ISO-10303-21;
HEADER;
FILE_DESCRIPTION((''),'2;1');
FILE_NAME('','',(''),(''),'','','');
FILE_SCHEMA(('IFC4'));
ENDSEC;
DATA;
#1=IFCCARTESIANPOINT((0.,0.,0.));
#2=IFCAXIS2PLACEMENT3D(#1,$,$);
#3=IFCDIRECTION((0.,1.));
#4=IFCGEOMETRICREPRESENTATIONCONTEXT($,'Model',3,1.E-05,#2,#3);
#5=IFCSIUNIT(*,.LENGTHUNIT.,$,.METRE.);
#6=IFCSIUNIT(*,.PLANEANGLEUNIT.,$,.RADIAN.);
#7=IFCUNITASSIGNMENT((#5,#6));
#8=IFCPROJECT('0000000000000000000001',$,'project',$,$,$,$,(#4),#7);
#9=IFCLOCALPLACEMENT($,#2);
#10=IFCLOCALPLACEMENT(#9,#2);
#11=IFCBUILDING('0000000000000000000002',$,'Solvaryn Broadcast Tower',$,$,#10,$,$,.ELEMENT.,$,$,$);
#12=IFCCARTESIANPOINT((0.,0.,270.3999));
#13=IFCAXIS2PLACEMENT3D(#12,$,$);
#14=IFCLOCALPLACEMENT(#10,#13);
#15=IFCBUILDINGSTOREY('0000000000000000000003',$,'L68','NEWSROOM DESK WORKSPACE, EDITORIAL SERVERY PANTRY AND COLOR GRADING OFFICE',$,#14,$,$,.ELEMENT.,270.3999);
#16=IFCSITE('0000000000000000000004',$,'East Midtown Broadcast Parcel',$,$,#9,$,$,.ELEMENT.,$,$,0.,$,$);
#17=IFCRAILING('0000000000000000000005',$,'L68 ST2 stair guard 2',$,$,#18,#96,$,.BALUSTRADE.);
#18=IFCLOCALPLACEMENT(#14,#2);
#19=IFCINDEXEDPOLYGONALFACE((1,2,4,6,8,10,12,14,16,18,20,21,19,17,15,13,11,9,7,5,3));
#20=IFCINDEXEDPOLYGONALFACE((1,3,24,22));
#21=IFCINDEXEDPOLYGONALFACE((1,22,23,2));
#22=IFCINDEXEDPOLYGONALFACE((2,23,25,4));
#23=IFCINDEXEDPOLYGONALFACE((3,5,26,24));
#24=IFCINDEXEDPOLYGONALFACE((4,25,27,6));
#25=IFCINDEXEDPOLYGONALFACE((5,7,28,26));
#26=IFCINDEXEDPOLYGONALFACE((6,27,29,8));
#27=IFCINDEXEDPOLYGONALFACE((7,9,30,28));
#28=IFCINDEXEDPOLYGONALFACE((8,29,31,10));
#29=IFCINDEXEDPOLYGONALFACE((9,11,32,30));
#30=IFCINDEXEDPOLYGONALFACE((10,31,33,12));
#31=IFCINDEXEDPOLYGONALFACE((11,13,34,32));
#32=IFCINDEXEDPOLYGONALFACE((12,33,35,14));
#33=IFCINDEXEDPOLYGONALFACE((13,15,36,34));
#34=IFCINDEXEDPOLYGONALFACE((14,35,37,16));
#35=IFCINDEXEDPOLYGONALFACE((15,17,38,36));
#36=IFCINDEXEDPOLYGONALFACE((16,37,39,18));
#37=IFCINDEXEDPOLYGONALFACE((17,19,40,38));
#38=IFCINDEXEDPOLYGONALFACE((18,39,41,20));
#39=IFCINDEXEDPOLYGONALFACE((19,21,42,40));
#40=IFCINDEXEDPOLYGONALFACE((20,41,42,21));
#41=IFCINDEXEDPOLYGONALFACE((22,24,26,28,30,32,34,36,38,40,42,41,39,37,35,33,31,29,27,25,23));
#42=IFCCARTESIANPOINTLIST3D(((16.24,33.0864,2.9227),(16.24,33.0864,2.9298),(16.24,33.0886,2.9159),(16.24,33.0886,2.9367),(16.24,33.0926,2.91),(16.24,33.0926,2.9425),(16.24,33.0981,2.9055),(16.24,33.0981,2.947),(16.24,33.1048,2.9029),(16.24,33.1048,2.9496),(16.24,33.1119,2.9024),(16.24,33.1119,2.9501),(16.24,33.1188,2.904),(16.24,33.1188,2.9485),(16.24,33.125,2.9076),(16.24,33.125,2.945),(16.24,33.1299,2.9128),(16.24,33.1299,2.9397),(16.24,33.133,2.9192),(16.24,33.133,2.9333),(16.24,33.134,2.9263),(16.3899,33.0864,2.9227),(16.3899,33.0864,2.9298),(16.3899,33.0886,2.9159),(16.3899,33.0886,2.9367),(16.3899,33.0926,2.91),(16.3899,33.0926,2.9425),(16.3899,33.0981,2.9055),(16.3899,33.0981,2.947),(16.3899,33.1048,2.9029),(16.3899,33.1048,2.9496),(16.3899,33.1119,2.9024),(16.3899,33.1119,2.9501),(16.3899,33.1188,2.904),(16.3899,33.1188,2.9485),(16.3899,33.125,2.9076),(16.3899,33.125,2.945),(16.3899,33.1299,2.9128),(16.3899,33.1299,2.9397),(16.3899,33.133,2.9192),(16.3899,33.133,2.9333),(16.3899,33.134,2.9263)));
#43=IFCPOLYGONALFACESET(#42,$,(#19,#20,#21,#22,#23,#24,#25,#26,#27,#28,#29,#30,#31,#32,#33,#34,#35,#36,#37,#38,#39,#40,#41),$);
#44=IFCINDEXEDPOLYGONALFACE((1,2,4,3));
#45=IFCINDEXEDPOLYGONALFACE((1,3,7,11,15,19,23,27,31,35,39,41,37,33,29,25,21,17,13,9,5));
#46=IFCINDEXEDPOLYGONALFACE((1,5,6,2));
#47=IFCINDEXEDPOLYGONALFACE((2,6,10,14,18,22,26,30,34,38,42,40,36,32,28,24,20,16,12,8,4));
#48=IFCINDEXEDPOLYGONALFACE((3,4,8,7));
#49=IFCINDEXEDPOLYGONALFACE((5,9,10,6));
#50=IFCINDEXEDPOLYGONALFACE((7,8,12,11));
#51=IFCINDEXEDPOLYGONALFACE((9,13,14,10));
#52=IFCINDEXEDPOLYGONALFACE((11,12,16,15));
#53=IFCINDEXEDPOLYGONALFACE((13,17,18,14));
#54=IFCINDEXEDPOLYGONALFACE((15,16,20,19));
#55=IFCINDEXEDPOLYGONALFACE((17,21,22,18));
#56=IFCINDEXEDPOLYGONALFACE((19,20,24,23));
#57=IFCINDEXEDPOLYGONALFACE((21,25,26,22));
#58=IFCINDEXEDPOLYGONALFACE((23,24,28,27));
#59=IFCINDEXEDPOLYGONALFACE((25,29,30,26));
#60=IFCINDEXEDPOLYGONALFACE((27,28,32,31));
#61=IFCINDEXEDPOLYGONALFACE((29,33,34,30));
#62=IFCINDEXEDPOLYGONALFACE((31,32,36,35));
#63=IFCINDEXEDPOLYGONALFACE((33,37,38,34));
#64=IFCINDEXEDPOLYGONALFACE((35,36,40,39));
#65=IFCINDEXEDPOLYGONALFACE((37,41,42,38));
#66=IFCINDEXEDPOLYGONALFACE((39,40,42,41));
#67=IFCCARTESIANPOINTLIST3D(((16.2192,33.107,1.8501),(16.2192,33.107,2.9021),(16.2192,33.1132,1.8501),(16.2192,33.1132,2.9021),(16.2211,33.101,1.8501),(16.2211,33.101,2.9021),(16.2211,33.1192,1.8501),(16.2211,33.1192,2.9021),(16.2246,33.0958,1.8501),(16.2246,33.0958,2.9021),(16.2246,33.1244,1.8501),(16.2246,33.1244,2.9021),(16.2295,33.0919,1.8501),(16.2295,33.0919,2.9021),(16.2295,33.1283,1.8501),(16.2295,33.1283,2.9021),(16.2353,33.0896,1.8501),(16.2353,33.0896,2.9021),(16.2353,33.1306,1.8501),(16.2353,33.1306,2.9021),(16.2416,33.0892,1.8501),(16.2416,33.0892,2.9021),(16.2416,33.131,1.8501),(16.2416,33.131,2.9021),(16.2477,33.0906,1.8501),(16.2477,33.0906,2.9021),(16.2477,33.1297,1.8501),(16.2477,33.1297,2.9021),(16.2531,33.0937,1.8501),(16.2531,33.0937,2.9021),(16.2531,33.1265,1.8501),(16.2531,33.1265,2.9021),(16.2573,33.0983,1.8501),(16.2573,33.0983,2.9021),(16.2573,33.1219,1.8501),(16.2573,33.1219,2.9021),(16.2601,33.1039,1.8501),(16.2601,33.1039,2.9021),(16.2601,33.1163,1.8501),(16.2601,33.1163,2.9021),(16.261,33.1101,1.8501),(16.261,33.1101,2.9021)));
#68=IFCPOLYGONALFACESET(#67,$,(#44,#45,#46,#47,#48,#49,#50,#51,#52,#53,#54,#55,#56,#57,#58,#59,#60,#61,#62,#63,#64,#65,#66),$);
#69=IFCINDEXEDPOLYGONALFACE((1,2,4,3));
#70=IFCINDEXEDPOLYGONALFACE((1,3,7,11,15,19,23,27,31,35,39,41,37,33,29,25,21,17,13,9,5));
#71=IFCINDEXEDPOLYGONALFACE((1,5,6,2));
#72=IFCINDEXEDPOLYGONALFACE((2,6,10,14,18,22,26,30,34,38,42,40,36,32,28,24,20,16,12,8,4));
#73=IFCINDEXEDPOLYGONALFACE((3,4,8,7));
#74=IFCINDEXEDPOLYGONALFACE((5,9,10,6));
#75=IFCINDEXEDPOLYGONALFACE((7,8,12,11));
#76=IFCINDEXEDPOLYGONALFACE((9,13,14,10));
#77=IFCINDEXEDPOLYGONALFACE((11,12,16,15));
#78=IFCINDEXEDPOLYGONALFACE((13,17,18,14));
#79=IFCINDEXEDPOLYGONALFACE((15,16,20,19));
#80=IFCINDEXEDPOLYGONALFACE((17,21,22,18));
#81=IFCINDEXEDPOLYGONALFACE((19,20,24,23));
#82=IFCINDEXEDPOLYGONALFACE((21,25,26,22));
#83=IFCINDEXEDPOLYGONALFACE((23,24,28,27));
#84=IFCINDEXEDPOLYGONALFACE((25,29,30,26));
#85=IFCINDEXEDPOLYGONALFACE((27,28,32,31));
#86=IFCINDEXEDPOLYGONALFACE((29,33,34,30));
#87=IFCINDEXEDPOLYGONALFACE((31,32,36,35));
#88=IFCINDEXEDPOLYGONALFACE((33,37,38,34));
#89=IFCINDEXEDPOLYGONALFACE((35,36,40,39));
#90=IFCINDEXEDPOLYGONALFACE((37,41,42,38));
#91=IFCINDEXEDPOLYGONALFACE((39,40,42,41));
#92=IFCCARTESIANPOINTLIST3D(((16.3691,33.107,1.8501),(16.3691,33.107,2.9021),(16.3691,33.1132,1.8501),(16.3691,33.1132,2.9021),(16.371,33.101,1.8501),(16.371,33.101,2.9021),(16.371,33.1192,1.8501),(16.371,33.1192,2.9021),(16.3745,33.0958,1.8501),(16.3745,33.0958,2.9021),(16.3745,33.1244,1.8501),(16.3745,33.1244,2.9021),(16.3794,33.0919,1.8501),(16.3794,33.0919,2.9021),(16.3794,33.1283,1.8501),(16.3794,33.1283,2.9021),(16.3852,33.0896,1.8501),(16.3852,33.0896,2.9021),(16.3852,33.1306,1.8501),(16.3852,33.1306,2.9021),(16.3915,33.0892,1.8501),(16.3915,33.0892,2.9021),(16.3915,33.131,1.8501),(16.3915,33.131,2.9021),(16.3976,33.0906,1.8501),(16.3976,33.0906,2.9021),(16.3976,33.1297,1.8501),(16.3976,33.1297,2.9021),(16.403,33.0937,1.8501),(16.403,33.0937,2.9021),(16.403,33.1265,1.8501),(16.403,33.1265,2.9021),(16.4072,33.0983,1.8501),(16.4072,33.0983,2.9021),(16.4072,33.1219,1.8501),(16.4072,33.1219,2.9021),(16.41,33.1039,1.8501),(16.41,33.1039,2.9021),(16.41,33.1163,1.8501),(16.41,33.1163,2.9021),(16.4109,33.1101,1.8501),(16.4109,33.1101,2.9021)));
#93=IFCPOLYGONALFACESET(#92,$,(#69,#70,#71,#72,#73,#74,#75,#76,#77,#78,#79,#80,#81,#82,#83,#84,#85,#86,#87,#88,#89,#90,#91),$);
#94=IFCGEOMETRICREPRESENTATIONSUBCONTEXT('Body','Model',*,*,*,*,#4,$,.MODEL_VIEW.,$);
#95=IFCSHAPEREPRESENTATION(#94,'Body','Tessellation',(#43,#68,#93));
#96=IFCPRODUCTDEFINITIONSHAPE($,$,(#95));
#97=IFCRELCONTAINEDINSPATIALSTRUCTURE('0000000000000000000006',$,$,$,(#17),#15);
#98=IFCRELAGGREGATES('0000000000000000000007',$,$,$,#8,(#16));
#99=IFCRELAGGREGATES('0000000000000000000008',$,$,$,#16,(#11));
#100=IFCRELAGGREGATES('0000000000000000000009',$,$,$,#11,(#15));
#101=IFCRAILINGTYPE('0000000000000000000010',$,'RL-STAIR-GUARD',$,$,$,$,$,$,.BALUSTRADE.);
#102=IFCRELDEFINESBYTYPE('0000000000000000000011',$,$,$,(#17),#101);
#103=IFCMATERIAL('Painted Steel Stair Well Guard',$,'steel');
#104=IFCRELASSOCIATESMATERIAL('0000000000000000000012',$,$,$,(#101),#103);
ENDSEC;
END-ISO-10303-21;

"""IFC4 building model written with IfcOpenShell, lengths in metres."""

from ifc_helpers import new_model, si_unit, direction, frame, origin, origin_2d, place, context, subcontext, project, spatial, circle, extrude, material, type_object, element, save


model = new_model("IFC4")

# Units and contexts
model_context = context("Model", 3, precision=1e-05, world=origin(), true_north=direction((0.0, 1.0)))
body_context = subcontext(model_context, "Body", "Model", "MODEL_VIEW")
ifc_project = project(units=[si_unit("LENGTHUNIT", "METRE"), si_unit("PLANEANGLEUNIT", "RADIAN")], contexts=[model_context])

# Site, building, storey
site_placement = place(None, origin())
site = spatial("IfcSite", under=ifc_project, at=site_placement, Name="East Midtown Broadcast Parcel", CompositionType="ELEMENT", RefElevation=0.0)
building_placement = place(site_placement, origin())
building = spatial("IfcBuilding", under=site, at=building_placement, Name="Solvaryn Broadcast Tower", CompositionType="ELEMENT")
storey_placement = place(building_placement, frame((0.0, 0.0, 270.3999)))
storey = spatial("IfcBuildingStorey", under=building, at=storey_placement, Name="L68", Description="NEWSROOM DESK WORKSPACE, EDITORIAL SERVERY PANTRY AND COLOR GRADING OFFICE", CompositionType="ELEMENT", Elevation=270.3999)

# Railing
ifc_material_1 = material(Name="Painted Steel Stair Well Guard", Category="steel")
railing_type_1 = type_object("IfcRailingType", Name="RL-STAIR-GUARD", PredefinedType="BALUSTRADE", material=ifc_material_1)
railing_1_placement = place(storey_placement, frame((16.24, 33.1101, 1.8501)))
element("IfcRailing", 1, at=railing_1_placement, inside=storey, type_object=railing_type_1, Name="L68 ST2 stair guard 2", PredefinedType="BALUSTRADE", context=body_context, shape_type="SweptSolid", body=[
    extrude(circle(Radius=0.0239, at=origin_2d()), frame((0.0, 0.0, 1.0762), z_axis=(1.0, 0.0, 0.0), x_axis=(0.0, 1.0, 0.0)), (0.0, 0.0, 1.0), 0.1499),
    extrude(circle(Radius=0.021, at=origin_2d()), origin(), (0.0, 0.0, 1.0), 1.052),
    extrude(circle(Radius=0.021, at=origin_2d()), frame((0.1499, 0.0, 0.0)), (0.0, 0.0, 1.0), 1.052),
])

save(model, "model.ifc")
